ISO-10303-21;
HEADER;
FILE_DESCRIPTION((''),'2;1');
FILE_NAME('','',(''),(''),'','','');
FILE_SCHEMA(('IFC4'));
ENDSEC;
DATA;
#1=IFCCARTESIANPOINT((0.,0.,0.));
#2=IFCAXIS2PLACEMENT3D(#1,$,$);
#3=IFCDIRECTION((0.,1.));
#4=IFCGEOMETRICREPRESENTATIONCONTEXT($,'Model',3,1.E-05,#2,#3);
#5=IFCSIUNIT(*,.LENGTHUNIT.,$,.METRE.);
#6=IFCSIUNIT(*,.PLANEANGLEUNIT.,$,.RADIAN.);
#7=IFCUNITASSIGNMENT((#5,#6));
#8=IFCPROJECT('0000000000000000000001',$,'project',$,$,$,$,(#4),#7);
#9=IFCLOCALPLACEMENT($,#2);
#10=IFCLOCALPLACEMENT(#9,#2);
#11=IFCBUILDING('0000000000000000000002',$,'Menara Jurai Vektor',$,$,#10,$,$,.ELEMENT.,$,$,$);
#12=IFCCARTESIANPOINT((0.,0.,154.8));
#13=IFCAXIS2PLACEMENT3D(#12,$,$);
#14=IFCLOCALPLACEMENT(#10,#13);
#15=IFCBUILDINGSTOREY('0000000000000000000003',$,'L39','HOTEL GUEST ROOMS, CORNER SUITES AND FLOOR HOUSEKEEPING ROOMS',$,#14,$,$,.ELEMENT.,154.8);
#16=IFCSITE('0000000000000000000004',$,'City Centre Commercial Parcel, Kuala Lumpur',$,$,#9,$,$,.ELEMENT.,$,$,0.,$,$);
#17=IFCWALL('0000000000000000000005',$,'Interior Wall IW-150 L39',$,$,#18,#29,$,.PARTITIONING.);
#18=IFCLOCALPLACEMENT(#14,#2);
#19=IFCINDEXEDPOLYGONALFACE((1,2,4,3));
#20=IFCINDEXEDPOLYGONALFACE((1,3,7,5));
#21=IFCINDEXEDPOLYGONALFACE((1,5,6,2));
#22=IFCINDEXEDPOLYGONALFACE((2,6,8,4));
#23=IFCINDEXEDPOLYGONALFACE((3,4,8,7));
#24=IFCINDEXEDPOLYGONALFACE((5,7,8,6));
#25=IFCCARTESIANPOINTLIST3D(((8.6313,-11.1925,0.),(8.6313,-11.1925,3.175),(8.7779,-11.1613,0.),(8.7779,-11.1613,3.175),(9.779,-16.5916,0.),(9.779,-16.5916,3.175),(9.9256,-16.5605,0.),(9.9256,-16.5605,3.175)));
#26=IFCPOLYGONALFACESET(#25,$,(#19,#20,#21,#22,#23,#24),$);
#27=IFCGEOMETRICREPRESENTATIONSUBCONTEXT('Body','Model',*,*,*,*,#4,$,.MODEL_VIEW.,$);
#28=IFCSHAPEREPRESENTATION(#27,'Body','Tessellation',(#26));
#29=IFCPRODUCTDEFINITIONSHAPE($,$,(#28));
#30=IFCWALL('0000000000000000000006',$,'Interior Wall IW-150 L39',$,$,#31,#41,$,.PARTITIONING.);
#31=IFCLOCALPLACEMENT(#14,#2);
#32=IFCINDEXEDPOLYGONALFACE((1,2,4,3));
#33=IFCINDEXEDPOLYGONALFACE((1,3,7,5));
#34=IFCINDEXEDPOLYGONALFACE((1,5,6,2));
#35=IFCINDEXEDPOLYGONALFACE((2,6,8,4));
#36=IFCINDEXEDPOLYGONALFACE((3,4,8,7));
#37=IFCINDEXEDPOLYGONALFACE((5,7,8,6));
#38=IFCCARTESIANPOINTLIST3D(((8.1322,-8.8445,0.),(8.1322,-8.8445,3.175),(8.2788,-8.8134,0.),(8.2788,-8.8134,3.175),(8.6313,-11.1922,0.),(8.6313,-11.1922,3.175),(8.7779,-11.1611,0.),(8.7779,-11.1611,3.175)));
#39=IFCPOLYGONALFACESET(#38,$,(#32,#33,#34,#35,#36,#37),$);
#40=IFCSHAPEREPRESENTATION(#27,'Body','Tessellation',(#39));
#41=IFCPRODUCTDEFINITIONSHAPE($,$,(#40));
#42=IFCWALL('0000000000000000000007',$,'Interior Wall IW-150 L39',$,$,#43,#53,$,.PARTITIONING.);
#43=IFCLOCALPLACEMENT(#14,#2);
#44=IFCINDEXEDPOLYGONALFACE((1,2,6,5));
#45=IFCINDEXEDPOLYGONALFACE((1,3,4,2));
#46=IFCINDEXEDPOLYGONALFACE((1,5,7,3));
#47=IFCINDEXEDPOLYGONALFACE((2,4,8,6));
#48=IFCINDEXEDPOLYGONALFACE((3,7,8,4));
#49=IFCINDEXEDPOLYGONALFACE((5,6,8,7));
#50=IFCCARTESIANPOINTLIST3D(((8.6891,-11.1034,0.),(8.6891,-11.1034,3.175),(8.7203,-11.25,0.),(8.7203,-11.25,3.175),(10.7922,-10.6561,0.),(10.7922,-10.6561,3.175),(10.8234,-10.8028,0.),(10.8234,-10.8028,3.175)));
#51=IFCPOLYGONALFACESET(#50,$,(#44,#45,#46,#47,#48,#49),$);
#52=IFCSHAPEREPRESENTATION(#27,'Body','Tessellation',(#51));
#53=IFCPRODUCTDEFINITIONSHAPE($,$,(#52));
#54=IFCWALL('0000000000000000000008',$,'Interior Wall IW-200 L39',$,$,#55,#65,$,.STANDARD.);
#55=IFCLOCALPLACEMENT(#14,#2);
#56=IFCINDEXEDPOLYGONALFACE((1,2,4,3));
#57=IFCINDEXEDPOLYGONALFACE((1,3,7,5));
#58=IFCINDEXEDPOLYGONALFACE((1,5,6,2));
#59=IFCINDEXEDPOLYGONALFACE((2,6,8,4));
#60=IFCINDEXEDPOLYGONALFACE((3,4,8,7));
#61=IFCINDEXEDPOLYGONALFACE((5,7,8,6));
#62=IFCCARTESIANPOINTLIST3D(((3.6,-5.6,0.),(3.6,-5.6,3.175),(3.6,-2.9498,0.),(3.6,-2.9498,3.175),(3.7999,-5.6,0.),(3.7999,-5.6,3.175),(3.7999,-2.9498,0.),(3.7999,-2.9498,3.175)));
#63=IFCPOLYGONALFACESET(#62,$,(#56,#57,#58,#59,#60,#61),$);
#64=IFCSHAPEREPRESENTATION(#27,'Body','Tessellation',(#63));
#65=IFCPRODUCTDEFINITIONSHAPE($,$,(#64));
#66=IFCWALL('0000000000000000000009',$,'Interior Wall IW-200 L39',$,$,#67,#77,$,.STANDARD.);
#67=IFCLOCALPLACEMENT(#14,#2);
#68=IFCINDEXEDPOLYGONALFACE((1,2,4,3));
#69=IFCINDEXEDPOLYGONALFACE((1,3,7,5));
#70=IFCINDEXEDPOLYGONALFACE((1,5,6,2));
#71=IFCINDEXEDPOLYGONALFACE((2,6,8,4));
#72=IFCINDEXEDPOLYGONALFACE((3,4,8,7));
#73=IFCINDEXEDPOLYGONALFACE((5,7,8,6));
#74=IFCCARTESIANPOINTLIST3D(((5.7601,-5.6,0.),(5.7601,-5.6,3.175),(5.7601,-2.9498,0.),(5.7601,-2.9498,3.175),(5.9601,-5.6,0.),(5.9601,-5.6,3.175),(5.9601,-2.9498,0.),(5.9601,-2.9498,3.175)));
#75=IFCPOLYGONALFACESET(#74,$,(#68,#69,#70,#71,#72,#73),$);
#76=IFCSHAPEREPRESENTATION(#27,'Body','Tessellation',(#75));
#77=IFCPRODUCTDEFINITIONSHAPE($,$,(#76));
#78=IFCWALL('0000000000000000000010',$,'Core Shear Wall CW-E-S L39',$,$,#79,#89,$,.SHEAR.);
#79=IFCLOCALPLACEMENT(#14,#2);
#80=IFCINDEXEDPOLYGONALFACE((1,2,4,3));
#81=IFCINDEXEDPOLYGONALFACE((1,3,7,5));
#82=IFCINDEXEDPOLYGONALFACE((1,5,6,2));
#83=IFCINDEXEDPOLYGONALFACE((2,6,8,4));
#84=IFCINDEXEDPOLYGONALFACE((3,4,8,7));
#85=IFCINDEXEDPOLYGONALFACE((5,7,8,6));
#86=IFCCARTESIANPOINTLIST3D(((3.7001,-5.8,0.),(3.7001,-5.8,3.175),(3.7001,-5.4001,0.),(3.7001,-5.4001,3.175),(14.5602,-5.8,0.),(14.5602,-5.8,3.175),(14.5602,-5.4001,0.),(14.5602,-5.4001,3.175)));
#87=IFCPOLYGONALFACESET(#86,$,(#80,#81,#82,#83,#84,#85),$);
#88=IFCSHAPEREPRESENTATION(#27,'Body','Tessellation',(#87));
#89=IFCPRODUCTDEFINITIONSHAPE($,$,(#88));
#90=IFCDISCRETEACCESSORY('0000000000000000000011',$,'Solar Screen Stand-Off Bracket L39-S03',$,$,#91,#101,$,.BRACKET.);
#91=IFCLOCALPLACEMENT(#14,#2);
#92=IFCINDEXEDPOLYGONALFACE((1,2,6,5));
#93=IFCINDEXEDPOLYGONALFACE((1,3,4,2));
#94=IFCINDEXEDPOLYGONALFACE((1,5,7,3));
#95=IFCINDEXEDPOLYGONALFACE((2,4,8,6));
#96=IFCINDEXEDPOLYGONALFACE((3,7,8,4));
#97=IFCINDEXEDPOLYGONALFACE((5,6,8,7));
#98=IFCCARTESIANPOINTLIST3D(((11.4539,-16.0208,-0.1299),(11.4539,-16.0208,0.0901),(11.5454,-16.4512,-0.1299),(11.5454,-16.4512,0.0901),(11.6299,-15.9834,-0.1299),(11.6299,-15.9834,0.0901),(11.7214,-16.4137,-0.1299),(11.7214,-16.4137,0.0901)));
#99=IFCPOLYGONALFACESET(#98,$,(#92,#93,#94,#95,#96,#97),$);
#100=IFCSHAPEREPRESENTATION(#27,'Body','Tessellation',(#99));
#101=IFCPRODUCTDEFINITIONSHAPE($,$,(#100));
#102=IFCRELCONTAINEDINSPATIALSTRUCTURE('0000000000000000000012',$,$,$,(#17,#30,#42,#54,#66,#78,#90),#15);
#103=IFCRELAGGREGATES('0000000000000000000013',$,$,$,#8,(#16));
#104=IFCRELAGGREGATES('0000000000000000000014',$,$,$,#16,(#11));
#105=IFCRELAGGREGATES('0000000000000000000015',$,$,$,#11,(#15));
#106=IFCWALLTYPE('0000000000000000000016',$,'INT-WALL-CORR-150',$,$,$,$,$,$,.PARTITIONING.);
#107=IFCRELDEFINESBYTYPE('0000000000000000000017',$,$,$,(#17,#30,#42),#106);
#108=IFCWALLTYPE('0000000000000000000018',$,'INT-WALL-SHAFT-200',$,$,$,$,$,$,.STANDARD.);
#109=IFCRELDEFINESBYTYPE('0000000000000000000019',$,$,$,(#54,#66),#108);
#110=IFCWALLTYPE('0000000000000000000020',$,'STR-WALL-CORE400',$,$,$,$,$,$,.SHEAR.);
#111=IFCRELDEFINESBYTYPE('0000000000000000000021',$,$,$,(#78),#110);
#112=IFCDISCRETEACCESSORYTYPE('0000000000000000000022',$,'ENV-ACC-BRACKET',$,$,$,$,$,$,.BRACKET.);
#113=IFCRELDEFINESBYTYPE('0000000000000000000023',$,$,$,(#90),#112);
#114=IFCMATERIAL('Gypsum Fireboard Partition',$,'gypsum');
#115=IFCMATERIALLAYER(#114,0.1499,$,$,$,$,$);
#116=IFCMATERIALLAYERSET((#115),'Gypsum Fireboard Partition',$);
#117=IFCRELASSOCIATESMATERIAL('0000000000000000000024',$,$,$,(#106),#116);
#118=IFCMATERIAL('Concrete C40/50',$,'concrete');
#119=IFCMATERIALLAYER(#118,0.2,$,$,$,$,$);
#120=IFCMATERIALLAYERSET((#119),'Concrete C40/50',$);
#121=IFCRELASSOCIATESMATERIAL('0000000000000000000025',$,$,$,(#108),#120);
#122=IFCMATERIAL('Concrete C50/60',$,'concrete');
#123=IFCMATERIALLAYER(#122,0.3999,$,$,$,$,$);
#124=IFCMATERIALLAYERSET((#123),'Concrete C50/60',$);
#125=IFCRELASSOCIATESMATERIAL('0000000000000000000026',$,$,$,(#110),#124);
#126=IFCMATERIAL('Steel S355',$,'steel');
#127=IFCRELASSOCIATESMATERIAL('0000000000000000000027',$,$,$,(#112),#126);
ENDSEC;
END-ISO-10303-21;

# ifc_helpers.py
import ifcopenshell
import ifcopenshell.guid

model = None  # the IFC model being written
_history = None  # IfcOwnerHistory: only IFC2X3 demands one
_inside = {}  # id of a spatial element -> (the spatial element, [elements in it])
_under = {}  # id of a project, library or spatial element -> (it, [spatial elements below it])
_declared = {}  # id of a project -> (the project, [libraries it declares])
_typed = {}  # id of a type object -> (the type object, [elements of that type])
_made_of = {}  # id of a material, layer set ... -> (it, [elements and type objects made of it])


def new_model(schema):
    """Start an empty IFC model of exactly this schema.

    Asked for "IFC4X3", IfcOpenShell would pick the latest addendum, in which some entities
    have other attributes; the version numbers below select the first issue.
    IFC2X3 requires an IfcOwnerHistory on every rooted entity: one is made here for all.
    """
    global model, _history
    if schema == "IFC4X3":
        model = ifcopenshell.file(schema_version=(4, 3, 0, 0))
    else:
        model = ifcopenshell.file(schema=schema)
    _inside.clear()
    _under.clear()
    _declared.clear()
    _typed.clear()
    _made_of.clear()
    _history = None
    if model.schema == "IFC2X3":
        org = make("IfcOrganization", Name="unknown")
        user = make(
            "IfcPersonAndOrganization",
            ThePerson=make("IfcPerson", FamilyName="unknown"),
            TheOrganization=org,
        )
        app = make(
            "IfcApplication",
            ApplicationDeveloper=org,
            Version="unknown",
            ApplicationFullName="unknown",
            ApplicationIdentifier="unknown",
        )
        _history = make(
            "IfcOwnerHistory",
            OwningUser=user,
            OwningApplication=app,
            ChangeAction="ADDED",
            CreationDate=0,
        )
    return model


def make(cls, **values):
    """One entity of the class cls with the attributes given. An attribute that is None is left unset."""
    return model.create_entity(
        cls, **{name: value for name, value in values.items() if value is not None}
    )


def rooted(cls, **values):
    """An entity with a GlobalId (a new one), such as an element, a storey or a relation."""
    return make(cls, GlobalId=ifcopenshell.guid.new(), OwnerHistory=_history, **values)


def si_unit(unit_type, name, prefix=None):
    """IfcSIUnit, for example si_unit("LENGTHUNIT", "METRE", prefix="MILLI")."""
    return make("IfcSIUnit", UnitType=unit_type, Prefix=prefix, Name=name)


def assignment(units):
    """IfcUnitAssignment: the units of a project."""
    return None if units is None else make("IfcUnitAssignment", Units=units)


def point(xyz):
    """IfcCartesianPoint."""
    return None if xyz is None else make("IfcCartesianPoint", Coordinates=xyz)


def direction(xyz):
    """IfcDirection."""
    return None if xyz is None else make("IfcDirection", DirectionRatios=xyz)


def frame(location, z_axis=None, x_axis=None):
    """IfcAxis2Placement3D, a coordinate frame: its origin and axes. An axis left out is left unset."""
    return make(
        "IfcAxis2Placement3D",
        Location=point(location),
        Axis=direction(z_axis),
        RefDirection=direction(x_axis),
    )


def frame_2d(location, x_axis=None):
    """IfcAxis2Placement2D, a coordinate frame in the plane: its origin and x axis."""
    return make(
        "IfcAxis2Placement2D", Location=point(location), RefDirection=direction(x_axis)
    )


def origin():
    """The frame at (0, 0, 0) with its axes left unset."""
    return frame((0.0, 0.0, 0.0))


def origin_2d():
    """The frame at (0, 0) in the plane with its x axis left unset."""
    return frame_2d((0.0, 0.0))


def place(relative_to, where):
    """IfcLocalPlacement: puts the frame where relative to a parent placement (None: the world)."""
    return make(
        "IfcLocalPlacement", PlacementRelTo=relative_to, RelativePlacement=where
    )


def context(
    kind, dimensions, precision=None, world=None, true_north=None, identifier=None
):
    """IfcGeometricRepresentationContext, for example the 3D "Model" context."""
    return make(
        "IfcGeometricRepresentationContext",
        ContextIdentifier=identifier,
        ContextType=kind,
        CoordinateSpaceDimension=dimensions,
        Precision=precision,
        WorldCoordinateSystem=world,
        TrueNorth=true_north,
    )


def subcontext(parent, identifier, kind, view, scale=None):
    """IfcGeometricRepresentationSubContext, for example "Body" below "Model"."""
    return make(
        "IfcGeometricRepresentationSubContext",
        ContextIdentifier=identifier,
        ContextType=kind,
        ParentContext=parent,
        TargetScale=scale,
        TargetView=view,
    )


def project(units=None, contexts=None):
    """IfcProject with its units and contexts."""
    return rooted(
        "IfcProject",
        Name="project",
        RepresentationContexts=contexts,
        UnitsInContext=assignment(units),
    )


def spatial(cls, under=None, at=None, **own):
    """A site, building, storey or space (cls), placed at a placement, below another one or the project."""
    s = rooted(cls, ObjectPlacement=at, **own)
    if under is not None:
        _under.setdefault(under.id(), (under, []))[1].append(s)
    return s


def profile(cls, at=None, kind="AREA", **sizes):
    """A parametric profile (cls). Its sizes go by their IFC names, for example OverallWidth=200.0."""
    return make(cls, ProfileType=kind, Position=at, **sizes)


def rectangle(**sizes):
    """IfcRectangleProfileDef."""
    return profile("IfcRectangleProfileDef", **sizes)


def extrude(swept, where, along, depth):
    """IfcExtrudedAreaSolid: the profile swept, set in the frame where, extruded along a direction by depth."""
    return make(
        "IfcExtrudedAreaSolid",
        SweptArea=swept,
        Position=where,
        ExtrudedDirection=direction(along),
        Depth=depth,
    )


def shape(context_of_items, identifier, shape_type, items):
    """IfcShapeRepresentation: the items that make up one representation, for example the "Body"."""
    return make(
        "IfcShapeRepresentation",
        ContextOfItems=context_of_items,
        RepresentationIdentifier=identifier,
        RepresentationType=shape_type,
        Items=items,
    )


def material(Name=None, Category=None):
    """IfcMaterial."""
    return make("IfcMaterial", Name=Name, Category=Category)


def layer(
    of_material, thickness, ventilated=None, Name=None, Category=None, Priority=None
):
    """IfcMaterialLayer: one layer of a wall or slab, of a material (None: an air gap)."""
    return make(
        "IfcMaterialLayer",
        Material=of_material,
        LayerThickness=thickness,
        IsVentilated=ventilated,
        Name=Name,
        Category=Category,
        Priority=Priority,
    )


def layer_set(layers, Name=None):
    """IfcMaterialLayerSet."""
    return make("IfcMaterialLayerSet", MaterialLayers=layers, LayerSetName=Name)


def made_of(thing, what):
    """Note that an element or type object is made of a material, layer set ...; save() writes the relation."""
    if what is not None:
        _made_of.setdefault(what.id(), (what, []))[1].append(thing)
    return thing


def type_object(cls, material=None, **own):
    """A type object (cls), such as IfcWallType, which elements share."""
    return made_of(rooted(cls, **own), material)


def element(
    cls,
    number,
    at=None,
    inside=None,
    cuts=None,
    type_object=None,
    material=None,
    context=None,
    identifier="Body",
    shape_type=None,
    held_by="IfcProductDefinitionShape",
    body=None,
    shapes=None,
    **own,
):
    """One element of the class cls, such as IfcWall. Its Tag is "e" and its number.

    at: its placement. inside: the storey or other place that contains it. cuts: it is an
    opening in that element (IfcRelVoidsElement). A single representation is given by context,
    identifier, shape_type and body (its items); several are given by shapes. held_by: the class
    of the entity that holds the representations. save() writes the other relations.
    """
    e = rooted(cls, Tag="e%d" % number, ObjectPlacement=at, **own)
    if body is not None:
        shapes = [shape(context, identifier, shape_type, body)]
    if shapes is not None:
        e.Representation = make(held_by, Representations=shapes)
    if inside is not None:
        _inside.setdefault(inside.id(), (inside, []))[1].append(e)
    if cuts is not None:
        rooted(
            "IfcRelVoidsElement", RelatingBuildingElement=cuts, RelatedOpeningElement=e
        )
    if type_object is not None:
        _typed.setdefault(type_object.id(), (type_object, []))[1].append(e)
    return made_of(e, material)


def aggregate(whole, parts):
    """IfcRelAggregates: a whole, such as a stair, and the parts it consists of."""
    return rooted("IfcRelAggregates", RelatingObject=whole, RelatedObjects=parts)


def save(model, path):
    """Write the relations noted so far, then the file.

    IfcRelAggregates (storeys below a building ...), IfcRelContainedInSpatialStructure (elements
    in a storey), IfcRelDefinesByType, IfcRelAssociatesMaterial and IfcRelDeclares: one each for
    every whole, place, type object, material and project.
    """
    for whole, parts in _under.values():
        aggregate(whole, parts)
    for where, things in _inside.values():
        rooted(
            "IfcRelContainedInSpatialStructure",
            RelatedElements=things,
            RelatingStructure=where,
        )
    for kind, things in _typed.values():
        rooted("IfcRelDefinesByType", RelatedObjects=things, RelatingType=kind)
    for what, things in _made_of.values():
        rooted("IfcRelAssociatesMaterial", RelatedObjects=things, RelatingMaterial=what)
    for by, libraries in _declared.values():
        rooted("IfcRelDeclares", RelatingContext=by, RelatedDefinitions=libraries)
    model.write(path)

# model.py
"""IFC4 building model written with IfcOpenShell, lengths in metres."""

from ifc_helpers import new_model, si_unit, direction, frame, frame_2d, origin, origin_2d, place, context, subcontext, project, spatial, rectangle, extrude, material, layer, layer_set, type_object, element, save


model = new_model("IFC4")

# Units and contexts
model_context = context("Model", 3, precision=1e-05, world=origin(), true_north=direction((0.0, 1.0)))
body_context = subcontext(model_context, "Body", "Model", "MODEL_VIEW")
ifc_project = project(units=[si_unit("LENGTHUNIT", "METRE"), si_unit("PLANEANGLEUNIT", "RADIAN")], contexts=[model_context])

# Site, building, storey
site_placement = place(None, origin())
site = spatial("IfcSite", under=ifc_project, at=site_placement, Name="City Centre Commercial Parcel, Kuala Lumpur", CompositionType="ELEMENT", RefElevation=0.0)
building_placement = place(site_placement, origin())
building = spatial("IfcBuilding", under=site, at=building_placement, Name="Menara Jurai Vektor", CompositionType="ELEMENT")
storey_placement = place(building_placement, frame((0.0, 0.0, 154.8)))
storey = spatial("IfcBuildingStorey", under=building, at=storey_placement, Name="L39", Description="HOTEL GUEST ROOMS, CORNER SUITES AND FLOOR HOUSEKEEPING ROOMS", CompositionType="ELEMENT", Elevation=154.8)

# Shared definitions
ifc_material_1 = material(Name="Concrete C50/60", Category="concrete")

# Shared definitions
ifc_material_2 = material(Name="Steel S355", Category="steel")

# Shared definitions
ifc_material_3 = material(Name="Gypsum Fireboard Partition", Category="gypsum")
ifc_layer_1 = layer(ifc_material_3, 0.1499)
ifc_layer_set_1 = layer_set([ifc_layer_1], Name="Gypsum Fireboard Partition")
wall_type_1 = type_object("IfcWallType", Name="INT-WALL-CORR-150", PredefinedType="PARTITIONING", material=ifc_layer_set_1)

# Walls
wall_1_placement = place(storey_placement, frame((9.8523, -16.5759, 0.0), z_axis=(0.0, 0.0, 1.0), x_axis=(-0.207925, 0.978145, 0.0)))
element("IfcWall", 1, at=wall_1_placement, inside=storey, type_object=wall_type_1, Name="Interior Wall IW-150 L39", PredefinedType="PARTITIONING", context=body_context, shape_type="SweptSolid", body=[
    extrude(rectangle(XDim=5.5198, YDim=0.1499, at=frame_2d((2.7598, 0.0))), origin(), (0.0, 0.0, 1.0), 3.175),
])
wall_2_placement = place(storey_placement, frame((8.7046, -11.1768, 0.0), z_axis=(0.0, 0.0, 1.0), x_axis=(-0.207917, 0.978146, 0.0)))
element("IfcWall", 2, at=wall_2_placement, inside=storey, type_object=wall_type_1, Name="Interior Wall IW-150 L39", PredefinedType="PARTITIONING", context=body_context, shape_type="SweptSolid", body=[
    extrude(rectangle(XDim=2.4001, YDim=0.1499, at=frame_2d((1.2002, 0.0))), origin(), (0.0, 0.0, 1.0), 3.175),
])
wall_3_placement = place(storey_placement, frame((8.7046, -11.1768, 0.0), z_axis=(0.0, 0.0, 1.0), x_axis=(0.978124, 0.208024, 0.0)))
element("IfcWall", 3, at=wall_3_placement, inside=storey, type_object=wall_type_1, Name="Interior Wall IW-150 L39", PredefinedType="PARTITIONING", context=body_context, shape_type="SweptSolid", body=[
    extrude(rectangle(XDim=2.1501, YDim=0.1499, at=frame_2d((1.0752, 0.0))), origin(), (0.0, 0.0, 1.0), 3.175),
])

# Walls
ifc_material_4 = material(Name="Concrete C40/50", Category="concrete")
ifc_layer_2 = layer(ifc_material_4, 0.2)
ifc_layer_set_2 = layer_set([ifc_layer_2], Name="Concrete C40/50")
wall_type_2 = type_object("IfcWallType", Name="INT-WALL-SHAFT-200", PredefinedType="STANDARD", material=ifc_layer_set_2)
for number, where, z_axis, x_axis, name in (
    (4, (3.7, -5.6001, 0.0), (0.0, 0.0, 1.0), (0.0, 1.0, 0.0), "Interior Wall IW-200 L39"),
    (5, (5.8601, -5.6001, 0.0), (0.0, 0.0, 1.0), (0.0, 1.0, 0.0), "Interior Wall IW-200 L39"),
):
    element("IfcWall", number, at=place(storey_placement, frame(where, z_axis=z_axis, x_axis=x_axis)), inside=storey, type_object=wall_type_2, Name=name, PredefinedType="STANDARD", context=body_context, shape_type="SweptSolid", body=[
        extrude(rectangle(XDim=2.6501, YDim=0.2, at=frame_2d((1.3252, 0.0))), origin(), (0.0, 0.0, 1.0), 3.175),
    ])
ifc_layer_3 = layer(ifc_material_1, 0.3999)
ifc_layer_set_3 = layer_set([ifc_layer_3], Name="Concrete C50/60")
wall_type_3 = type_object("IfcWallType", Name="STR-WALL-CORE400", PredefinedType="SHEAR", material=ifc_layer_set_3)
wall_4_placement = place(storey_placement, frame((3.7, -5.6001, 0.0), z_axis=(0.0, 0.0, 1.0), x_axis=(1.0, 0.0, 0.0)))
element("IfcWall", 6, at=wall_4_placement, inside=storey, type_object=wall_type_3, Name="Core Shear Wall CW-E-S L39", PredefinedType="SHEAR", context=body_context, shape_type="SweptSolid", body=[
    extrude(rectangle(XDim=10.8601, YDim=0.3999, at=frame_2d((5.4302, 0.0))), origin(), (0.0, 0.0, 1.0), 3.175),
])

# Discrete accessory
discrete_accessory_type = type_object("IfcDiscreteAccessoryType", Name="ENV-ACC-BRACKET", PredefinedType="BRACKET", material=ifc_material_2)
discrete_accessory_placement = place(storey_placement, frame((11.5876, -16.2173, -0.1299), z_axis=(0.0, 0.0, 1.0), x_axis=(0.978148, 0.207912, 0.0)))
element("IfcDiscreteAccessory", 7, at=discrete_accessory_placement, inside=storey, type_object=discrete_accessory_type, Name="Solar Screen Stand-Off Bracket L39-S03", PredefinedType="BRACKET", context=body_context, shape_type="SweptSolid", body=[
    extrude(rectangle(XDim=0.1799, YDim=0.4399, at=origin_2d()), origin(), (0.0, 0.0, 1.0), 0.22),
])

save(model, "model.ifc")
